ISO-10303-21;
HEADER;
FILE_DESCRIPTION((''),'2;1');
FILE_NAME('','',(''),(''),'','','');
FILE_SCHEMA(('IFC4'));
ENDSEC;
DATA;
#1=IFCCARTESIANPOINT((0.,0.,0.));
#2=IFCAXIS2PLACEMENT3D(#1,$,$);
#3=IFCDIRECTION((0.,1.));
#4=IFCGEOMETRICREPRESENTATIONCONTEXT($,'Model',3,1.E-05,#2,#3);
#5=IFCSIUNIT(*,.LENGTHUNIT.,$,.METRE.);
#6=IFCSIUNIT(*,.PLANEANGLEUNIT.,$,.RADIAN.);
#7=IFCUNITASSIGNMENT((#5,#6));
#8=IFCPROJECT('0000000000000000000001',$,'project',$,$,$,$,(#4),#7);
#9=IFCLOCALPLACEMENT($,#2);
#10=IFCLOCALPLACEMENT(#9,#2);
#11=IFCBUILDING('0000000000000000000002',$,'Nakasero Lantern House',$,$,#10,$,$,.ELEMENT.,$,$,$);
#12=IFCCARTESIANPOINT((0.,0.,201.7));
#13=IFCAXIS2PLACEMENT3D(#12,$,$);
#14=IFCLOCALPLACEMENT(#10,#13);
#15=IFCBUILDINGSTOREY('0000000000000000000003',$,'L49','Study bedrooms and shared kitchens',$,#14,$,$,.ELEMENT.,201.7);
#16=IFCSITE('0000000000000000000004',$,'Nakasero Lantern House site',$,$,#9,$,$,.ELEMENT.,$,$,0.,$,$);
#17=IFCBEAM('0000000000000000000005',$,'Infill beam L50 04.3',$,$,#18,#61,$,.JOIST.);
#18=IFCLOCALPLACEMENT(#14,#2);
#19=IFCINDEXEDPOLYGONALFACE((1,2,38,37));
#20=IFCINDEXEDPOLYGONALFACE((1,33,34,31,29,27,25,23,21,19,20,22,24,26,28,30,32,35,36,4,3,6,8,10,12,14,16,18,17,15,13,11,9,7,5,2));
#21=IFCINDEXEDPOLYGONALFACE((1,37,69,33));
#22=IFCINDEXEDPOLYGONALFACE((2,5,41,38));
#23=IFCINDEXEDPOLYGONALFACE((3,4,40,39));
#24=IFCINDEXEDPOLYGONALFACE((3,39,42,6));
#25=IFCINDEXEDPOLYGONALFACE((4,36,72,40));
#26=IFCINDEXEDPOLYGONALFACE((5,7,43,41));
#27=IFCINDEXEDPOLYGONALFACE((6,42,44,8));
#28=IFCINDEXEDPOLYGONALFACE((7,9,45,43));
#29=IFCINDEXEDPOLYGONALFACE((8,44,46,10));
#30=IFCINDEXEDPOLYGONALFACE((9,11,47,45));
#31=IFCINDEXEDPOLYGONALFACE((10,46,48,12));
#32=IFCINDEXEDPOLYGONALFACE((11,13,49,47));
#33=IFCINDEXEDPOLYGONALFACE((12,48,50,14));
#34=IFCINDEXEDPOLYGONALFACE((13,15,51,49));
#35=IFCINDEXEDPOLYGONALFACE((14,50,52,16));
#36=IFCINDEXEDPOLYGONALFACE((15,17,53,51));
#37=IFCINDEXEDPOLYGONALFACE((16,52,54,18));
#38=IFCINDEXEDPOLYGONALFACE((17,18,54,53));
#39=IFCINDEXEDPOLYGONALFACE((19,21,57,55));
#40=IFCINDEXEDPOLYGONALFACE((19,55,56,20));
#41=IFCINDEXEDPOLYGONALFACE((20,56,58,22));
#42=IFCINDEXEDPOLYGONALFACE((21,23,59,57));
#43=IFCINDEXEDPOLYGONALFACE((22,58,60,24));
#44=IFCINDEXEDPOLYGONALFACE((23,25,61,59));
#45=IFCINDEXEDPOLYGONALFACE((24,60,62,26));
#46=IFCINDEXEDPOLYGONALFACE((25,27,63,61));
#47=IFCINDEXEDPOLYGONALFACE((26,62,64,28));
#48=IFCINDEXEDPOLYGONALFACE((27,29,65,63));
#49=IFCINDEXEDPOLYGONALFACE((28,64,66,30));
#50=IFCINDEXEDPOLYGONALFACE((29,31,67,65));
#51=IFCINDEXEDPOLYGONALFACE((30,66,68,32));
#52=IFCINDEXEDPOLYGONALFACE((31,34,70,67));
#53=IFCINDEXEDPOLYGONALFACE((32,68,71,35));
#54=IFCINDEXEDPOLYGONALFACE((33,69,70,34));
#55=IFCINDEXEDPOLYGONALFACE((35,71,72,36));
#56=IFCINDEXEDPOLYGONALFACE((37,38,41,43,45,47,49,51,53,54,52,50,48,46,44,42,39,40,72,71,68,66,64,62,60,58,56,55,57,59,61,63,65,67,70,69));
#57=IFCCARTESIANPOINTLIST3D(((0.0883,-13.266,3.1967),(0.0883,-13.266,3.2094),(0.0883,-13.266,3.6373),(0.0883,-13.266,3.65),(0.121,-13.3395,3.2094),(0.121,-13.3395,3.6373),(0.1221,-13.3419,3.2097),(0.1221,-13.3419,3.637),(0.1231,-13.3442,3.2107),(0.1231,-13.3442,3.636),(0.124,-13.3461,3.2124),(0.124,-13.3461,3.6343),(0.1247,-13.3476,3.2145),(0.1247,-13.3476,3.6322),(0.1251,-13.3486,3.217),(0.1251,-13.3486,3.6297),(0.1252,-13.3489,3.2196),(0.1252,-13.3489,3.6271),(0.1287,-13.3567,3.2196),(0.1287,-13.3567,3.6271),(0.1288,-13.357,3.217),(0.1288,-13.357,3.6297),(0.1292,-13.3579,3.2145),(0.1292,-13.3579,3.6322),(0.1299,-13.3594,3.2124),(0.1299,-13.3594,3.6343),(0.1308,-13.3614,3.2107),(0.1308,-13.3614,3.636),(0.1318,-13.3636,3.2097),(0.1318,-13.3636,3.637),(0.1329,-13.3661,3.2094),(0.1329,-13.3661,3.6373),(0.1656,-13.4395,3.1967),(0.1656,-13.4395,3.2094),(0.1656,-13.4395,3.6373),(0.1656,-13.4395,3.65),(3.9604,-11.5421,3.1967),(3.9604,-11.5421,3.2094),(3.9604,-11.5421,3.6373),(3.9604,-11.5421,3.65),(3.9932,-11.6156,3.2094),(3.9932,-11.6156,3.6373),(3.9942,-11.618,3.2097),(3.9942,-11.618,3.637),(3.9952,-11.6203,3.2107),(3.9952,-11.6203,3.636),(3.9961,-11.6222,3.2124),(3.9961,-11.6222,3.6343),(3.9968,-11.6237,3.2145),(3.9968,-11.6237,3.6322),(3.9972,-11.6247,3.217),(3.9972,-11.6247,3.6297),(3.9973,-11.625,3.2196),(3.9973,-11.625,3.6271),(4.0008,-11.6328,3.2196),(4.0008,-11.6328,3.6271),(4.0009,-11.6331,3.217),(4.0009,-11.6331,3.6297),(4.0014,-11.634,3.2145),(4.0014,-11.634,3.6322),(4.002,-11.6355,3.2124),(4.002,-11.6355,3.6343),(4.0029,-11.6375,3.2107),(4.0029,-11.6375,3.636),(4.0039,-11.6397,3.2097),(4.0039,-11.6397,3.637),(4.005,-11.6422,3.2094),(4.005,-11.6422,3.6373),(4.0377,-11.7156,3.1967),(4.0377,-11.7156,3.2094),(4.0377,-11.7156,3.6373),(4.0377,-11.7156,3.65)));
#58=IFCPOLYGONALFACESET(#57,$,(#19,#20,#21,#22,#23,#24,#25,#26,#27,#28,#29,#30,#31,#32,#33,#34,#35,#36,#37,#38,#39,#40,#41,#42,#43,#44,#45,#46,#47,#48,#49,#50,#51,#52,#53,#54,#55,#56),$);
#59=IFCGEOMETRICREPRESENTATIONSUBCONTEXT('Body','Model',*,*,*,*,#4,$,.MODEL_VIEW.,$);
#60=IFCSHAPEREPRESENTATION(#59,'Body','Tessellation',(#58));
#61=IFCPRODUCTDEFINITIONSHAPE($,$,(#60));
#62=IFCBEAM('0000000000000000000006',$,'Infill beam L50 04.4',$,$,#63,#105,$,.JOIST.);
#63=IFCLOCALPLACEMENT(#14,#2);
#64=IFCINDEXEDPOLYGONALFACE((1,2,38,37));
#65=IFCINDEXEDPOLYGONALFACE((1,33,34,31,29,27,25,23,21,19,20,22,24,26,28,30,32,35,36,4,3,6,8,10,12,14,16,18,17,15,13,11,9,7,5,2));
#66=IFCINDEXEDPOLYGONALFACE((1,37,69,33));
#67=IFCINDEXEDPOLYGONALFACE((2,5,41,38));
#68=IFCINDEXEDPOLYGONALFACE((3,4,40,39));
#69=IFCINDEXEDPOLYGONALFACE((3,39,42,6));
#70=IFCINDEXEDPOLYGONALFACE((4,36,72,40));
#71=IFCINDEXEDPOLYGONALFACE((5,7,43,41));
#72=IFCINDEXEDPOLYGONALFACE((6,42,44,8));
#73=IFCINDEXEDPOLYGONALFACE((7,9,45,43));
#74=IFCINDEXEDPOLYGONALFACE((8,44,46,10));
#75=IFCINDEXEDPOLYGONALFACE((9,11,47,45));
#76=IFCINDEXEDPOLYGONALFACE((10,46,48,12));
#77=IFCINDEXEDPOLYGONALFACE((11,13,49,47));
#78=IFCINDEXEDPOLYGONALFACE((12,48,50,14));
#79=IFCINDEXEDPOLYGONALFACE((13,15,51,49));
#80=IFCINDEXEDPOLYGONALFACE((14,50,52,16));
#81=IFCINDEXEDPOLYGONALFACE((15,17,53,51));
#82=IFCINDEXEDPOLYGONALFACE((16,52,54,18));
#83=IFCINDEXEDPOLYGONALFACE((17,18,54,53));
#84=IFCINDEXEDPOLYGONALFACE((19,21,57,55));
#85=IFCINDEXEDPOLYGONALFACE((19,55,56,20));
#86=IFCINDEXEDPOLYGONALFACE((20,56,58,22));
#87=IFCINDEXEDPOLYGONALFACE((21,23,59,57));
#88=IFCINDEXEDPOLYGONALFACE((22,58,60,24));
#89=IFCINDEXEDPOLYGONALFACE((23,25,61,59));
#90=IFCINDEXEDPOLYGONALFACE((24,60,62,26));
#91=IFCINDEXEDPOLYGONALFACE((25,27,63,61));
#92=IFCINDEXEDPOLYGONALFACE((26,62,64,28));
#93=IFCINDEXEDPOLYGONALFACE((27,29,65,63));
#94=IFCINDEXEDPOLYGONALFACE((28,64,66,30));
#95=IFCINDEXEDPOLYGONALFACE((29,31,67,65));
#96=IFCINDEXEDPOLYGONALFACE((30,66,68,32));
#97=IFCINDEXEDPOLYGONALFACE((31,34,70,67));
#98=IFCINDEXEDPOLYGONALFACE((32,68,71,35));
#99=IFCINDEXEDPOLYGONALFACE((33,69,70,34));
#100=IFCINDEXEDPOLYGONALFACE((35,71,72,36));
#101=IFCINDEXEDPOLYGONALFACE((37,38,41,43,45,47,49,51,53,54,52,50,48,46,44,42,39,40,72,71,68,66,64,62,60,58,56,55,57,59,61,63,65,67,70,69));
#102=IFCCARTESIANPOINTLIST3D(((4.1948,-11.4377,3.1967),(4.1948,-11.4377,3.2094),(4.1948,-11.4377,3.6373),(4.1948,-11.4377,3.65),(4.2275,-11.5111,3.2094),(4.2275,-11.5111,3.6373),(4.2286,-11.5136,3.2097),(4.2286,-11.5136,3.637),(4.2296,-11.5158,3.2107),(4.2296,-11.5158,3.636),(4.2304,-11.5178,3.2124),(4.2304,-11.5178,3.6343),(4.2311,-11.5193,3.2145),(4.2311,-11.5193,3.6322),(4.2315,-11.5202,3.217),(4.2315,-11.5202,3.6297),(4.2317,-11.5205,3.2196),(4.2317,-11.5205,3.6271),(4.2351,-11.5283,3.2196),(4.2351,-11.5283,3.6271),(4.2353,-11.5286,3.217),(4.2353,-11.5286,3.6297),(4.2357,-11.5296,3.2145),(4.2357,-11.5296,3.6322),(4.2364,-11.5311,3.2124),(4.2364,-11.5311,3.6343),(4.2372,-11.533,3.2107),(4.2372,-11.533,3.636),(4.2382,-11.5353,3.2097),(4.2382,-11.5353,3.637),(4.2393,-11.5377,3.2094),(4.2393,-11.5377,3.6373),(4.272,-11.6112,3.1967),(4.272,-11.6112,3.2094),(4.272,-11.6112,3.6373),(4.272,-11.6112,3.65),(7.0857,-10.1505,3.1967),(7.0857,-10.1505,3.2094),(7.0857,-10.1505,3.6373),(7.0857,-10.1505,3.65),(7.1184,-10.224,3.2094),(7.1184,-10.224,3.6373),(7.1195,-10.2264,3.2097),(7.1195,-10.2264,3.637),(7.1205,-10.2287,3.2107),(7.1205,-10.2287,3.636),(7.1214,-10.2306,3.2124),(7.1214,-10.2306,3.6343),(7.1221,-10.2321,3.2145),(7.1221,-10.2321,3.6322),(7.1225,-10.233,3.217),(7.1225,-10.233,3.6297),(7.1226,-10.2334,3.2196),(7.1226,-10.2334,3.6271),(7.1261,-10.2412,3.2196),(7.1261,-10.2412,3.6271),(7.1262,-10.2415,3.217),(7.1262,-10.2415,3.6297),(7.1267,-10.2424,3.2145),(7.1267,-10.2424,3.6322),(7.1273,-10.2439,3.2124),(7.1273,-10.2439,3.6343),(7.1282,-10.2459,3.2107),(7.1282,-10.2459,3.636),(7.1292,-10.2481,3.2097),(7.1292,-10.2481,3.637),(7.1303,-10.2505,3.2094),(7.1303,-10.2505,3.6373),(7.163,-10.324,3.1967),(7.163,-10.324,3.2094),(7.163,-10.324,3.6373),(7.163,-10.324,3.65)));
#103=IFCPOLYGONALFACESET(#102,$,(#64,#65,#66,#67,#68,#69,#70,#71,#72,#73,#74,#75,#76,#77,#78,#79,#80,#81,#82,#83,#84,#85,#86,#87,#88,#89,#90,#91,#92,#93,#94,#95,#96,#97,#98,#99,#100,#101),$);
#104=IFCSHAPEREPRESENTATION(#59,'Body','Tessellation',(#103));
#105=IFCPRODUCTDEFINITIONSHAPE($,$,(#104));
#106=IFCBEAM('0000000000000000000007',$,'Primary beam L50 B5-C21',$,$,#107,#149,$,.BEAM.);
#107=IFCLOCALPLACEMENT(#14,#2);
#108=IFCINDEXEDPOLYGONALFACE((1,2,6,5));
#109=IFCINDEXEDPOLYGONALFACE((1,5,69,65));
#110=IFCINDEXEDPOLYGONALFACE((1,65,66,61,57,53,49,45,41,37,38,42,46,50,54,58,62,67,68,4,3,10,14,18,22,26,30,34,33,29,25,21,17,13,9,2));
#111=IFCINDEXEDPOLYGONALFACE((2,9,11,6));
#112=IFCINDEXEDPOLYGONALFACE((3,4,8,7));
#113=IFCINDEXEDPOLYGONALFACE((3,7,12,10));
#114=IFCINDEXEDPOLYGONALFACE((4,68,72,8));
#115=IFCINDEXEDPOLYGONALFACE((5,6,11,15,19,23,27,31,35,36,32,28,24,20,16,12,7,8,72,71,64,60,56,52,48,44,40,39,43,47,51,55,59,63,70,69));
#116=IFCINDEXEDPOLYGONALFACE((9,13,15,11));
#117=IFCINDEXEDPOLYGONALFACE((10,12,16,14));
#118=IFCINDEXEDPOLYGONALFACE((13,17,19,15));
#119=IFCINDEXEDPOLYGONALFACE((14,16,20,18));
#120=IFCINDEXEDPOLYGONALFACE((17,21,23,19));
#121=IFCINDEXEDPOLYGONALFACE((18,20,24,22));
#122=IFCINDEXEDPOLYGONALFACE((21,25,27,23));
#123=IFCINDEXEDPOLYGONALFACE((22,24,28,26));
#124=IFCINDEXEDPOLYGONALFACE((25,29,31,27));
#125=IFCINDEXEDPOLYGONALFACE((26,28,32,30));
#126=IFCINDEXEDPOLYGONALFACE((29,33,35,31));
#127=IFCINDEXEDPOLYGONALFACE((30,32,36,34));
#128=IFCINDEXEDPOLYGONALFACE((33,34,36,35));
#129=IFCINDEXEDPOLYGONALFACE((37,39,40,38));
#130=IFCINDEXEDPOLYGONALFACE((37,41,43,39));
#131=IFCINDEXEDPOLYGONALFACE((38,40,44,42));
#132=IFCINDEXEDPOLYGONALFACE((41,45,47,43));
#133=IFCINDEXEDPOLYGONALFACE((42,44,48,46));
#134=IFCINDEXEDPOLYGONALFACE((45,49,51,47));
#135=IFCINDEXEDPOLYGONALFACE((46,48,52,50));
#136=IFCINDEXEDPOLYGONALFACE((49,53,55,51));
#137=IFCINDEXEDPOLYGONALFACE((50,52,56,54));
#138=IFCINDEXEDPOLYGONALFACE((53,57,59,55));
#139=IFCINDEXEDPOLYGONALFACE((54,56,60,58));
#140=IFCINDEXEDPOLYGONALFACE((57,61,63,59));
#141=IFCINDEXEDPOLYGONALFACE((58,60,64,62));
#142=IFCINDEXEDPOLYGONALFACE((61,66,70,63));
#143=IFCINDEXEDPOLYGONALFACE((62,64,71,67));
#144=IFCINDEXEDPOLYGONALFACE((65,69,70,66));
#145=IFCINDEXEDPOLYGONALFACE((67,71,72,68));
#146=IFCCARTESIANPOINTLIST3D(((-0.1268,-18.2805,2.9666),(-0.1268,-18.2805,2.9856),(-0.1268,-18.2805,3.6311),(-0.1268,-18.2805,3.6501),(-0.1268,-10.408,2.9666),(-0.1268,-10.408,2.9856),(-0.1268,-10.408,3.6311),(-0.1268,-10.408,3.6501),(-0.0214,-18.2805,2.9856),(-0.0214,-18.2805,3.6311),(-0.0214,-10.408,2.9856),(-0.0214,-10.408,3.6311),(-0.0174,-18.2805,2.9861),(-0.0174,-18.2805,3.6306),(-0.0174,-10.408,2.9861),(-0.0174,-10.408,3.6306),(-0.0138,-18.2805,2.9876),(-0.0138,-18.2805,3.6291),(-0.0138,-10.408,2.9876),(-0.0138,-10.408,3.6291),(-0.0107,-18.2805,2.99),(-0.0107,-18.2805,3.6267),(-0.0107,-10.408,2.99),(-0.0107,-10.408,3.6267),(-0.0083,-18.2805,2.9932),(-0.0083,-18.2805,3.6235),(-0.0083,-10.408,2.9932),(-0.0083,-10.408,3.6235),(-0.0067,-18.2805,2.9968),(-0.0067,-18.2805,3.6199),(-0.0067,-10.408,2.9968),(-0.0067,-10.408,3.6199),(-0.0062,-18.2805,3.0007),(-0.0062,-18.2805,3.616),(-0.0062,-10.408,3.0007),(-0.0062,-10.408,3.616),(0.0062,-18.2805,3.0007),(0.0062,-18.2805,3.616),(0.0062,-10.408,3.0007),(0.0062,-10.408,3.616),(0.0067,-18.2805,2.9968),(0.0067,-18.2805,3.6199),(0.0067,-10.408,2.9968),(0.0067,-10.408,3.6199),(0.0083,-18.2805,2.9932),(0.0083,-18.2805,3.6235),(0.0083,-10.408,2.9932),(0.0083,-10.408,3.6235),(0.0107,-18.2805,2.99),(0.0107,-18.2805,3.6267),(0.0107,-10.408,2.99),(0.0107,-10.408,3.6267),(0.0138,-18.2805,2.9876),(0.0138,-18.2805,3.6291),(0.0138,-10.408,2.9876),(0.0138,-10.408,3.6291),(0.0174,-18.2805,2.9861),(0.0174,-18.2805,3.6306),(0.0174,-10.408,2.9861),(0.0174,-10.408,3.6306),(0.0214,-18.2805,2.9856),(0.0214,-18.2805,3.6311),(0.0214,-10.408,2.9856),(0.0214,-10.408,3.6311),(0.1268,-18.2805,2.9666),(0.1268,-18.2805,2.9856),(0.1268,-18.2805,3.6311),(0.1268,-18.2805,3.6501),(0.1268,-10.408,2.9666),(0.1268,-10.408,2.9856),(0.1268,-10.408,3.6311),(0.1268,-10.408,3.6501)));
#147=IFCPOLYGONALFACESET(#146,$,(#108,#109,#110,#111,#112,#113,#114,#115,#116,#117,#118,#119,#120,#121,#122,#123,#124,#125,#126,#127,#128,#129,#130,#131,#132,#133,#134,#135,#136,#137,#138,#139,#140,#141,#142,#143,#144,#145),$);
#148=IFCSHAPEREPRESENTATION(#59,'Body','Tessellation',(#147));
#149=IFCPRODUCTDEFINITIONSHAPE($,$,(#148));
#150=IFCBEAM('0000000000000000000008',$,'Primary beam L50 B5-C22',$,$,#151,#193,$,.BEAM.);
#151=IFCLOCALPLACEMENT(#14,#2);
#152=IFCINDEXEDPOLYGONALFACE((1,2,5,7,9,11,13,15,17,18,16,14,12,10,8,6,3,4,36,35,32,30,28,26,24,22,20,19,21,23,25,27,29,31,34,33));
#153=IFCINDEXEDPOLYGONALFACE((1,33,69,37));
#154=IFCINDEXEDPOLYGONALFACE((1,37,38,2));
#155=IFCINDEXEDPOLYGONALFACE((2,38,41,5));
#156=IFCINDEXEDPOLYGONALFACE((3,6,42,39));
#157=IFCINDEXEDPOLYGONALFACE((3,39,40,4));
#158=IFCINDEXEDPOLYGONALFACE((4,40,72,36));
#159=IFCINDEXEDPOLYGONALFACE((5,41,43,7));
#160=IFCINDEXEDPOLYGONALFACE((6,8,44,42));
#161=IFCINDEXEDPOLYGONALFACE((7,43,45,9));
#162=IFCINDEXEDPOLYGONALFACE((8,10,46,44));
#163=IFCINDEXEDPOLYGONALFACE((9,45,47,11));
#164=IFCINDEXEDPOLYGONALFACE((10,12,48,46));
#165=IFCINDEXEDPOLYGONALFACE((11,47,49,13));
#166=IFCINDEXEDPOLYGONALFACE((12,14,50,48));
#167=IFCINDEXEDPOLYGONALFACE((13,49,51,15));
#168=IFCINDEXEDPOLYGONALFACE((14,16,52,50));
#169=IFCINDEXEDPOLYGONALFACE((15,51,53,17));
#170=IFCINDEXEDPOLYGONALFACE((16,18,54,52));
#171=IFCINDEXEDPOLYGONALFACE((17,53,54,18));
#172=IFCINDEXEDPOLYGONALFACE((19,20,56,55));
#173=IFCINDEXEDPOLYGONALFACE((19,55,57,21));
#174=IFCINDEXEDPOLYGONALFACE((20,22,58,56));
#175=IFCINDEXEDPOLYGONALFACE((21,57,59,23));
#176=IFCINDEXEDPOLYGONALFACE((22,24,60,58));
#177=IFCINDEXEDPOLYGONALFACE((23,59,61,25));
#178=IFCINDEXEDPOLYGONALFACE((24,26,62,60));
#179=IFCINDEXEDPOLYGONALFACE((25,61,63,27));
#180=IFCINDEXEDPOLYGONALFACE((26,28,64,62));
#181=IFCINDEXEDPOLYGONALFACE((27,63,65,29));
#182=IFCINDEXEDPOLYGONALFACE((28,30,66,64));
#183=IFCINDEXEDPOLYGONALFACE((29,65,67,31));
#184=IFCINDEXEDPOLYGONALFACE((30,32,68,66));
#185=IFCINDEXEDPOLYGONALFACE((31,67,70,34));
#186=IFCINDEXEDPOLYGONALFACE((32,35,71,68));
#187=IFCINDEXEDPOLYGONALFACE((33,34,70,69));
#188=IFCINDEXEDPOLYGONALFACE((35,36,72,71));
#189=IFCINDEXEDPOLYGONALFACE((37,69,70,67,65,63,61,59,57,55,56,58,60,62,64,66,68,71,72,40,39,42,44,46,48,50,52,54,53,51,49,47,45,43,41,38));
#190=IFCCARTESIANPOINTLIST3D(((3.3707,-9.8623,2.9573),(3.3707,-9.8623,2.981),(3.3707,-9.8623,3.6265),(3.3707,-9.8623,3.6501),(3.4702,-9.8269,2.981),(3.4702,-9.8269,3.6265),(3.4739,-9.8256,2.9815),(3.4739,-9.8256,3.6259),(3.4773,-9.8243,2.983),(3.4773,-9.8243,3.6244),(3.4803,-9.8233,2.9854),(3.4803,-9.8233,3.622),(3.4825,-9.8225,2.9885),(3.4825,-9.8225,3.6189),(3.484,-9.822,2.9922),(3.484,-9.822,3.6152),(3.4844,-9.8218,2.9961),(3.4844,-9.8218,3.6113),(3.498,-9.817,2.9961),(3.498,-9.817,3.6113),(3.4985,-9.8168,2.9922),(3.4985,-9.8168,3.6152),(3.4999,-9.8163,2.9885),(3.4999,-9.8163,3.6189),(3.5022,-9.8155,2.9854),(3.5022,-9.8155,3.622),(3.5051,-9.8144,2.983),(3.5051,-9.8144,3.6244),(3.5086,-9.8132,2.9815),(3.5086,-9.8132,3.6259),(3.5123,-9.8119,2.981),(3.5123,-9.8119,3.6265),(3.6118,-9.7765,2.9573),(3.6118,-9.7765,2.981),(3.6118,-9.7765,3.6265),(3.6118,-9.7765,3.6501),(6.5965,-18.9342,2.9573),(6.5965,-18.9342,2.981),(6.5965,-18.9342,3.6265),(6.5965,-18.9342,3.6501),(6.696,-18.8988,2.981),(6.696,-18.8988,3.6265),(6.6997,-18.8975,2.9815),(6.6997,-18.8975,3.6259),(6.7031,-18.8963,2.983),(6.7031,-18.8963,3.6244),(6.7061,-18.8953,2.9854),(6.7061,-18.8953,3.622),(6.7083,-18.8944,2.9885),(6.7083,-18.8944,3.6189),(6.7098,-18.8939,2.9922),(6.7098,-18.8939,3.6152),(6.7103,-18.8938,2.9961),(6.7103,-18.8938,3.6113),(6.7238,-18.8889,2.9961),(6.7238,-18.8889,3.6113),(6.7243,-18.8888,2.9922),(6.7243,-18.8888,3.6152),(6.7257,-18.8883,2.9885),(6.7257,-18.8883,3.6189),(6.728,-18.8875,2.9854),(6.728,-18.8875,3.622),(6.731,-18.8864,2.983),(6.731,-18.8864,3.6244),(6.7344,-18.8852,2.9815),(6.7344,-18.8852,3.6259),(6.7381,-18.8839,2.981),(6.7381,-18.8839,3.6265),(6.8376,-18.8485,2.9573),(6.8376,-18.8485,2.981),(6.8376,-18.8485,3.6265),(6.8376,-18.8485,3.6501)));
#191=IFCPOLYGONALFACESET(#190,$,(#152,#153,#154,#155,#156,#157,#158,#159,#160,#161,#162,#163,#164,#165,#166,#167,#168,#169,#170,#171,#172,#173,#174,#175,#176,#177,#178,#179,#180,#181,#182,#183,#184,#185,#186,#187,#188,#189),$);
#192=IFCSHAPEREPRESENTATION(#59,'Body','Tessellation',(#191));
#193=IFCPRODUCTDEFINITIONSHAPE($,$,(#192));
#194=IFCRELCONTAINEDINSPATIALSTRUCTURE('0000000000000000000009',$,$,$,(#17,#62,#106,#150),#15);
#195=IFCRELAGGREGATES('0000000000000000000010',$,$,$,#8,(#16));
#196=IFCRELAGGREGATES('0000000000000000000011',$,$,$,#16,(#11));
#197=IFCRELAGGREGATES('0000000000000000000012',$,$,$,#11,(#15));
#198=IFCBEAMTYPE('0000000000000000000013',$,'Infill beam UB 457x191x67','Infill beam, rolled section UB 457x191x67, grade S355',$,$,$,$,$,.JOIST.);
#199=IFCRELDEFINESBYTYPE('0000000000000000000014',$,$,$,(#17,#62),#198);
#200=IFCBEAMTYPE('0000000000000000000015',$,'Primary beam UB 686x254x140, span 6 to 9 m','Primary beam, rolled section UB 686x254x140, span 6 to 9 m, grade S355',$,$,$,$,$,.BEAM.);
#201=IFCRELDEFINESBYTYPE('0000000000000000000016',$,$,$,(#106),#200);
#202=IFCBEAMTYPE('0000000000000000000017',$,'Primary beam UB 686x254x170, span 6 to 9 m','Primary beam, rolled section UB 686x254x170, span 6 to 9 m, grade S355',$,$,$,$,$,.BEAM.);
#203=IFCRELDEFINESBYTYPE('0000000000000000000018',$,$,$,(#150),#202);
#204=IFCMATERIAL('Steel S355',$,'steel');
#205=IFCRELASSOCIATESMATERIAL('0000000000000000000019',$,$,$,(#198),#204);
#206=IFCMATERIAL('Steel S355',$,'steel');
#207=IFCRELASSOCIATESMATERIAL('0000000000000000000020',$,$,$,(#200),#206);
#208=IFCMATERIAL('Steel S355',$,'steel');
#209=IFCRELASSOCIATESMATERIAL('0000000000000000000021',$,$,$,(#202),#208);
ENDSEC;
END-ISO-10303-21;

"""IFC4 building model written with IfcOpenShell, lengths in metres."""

from ifc_helpers import new_model, si_unit, direction, frame, origin, origin_2d, place, context, subcontext, project, spatial, i_section, extrude, material, material_profile, profile_set, type_object, element, save


model = new_model("IFC4")

# Units and contexts
model_context = context("Model", 3, precision=1e-05, world=origin(), true_north=direction((0.0, 1.0)))
body_context = subcontext(model_context, "Body", "Model", "MODEL_VIEW")
ifc_project = project(units=[si_unit("LENGTHUNIT", "METRE"), si_unit("PLANEANGLEUNIT", "RADIAN")], contexts=[model_context])

# Site, building, storey
site_placement = place(None, origin())
site = spatial("IfcSite", under=ifc_project, at=site_placement, Name="Nakasero Lantern House site", CompositionType="ELEMENT", RefElevation=0.0)
building_placement = place(site_placement, origin())
building = spatial("IfcBuilding", under=site, at=building_placement, Name="Nakasero Lantern House", CompositionType="ELEMENT")
storey_placement = place(building_placement, frame((0.0, 0.0, 201.7)))
storey = spatial("IfcBuildingStorey", under=building, at=storey_placement, Name="L49", Description="Study bedrooms and shared kitchens", CompositionType="ELEMENT", Elevation=201.7)

# Beams
ifc_material_1 = material(Name="Steel S355", Category="steel")
ifc_material_profile_1 = material_profile(ifc_material_1, i_section(OverallWidth=0.1899, OverallDepth=0.4534, WebThickness=0.0085, FlangeThickness=0.0127, FilletRadius=0.0103, at=origin_2d()), Name="UB 457x191x67")
ifc_profile_set_1 = profile_set([ifc_material_profile_1], Name="Steel S355")
beam_type_1 = type_object("IfcBeamType", Name="Infill beam UB 457x191x67", Description="Infill beam, rolled section UB 457x191x67, grade S355", PredefinedType="JOIST", material=ifc_profile_set_1)
beam_1_placement = place(storey_placement, frame((0.127, -13.3528, 3.4233), z_axis=(0.913552, 0.406721, 0.0), x_axis=(-0.406721, 0.913552, 0.0)))
element("IfcBeam", 1, at=beam_1_placement, inside=storey, type_object=beam_type_1, Name="Infill beam L50 04.3", PredefinedType="JOIST", context=body_context, shape_type="SweptSolid", body=[
    extrude(i_section(OverallWidth=0.1899, OverallDepth=0.4534, WebThickness=0.0085, FlangeThickness=0.0127, FilletRadius=0.0103, at=origin_2d()), origin(), (0.0, 0.0, 1.0), 4.2385),
])
beam_2_placement = place(storey_placement, frame((4.2334, -11.5244, 3.4233), z_axis=(0.913544, 0.40674, 0.0), x_axis=(-0.40674, 0.913544, 0.0)))
element("IfcBeam", 2, at=beam_2_placement, inside=storey, type_object=beam_type_1, Name="Infill beam L50 04.4", PredefinedType="JOIST", context=body_context, shape_type="SweptSolid", body=[
    extrude(i_section(OverallWidth=0.1899, OverallDepth=0.4534, WebThickness=0.0085, FlangeThickness=0.0127, FilletRadius=0.0103, at=origin_2d()), origin(), (0.0, 0.0, 1.0), 3.1646),
])
ifc_material_2 = material(Name="Steel S355", Category="steel")
ifc_material_profile_2 = material_profile(ifc_material_2, i_section(OverallWidth=0.2537, OverallDepth=0.6836, WebThickness=0.0125, FlangeThickness=0.019, FilletRadius=0.0151, at=origin_2d()), Name="UB 686x254x140")
ifc_profile_set_2 = profile_set([ifc_material_profile_2], Name="Steel S355")
beam_type_2 = type_object("IfcBeamType", Name="Primary beam UB 686x254x140, span 6 to 9 m", Description="Primary beam, rolled section UB 686x254x140, span 6 to 9 m, grade S355", PredefinedType="BEAM", material=ifc_profile_set_2)
beam_3_placement = place(storey_placement, frame((0.0, -18.2805, 3.3083), z_axis=(0.0, 1.0, 0.0), x_axis=(-1.0, 0.0, 0.0)))
element("IfcBeam", 3, at=beam_3_placement, inside=storey, type_object=beam_type_2, Name="Primary beam L50 B5-C21", PredefinedType="BEAM", context=body_context, shape_type="SweptSolid", body=[
    extrude(i_section(OverallWidth=0.2537, OverallDepth=0.6836, WebThickness=0.0125, FlangeThickness=0.019, FilletRadius=0.0151, at=origin_2d()), origin(), (0.0, 0.0, 1.0), 7.8726),
])
ifc_material_3 = material(Name="Steel S355", Category="steel")
ifc_material_profile_3 = material_profile(ifc_material_3, i_section(OverallWidth=0.2559, OverallDepth=0.6929, WebThickness=0.0144, FlangeThickness=0.0237, FilletRadius=0.0151, at=origin_2d()), Name="UB 686x254x170")
ifc_profile_set_3 = profile_set([ifc_material_profile_3], Name="Steel S355")
beam_type_3 = type_object("IfcBeamType", Name="Primary beam UB 686x254x170, span 6 to 9 m", Description="Primary beam, rolled section UB 686x254x170, span 6 to 9 m, grade S355", PredefinedType="BEAM", material=ifc_profile_set_3)
beam_4_placement = place(storey_placement, frame((6.717, -18.8914, 3.3037), z_axis=(-0.33503, 0.942207, 0.0), x_axis=(-0.942207, -0.33503, 0.0)))
element("IfcBeam", 4, at=beam_4_placement, inside=storey, type_object=beam_type_3, Name="Primary beam L50 B5-C22", PredefinedType="BEAM", context=body_context, shape_type="SweptSolid", body=[
    extrude(i_section(OverallWidth=0.2559, OverallDepth=0.6929, WebThickness=0.0144, FlangeThickness=0.0237, FilletRadius=0.0151, at=origin_2d()), origin(), (0.0, 0.0, 1.0), 9.6284),
])

save(model, "model.ifc")
